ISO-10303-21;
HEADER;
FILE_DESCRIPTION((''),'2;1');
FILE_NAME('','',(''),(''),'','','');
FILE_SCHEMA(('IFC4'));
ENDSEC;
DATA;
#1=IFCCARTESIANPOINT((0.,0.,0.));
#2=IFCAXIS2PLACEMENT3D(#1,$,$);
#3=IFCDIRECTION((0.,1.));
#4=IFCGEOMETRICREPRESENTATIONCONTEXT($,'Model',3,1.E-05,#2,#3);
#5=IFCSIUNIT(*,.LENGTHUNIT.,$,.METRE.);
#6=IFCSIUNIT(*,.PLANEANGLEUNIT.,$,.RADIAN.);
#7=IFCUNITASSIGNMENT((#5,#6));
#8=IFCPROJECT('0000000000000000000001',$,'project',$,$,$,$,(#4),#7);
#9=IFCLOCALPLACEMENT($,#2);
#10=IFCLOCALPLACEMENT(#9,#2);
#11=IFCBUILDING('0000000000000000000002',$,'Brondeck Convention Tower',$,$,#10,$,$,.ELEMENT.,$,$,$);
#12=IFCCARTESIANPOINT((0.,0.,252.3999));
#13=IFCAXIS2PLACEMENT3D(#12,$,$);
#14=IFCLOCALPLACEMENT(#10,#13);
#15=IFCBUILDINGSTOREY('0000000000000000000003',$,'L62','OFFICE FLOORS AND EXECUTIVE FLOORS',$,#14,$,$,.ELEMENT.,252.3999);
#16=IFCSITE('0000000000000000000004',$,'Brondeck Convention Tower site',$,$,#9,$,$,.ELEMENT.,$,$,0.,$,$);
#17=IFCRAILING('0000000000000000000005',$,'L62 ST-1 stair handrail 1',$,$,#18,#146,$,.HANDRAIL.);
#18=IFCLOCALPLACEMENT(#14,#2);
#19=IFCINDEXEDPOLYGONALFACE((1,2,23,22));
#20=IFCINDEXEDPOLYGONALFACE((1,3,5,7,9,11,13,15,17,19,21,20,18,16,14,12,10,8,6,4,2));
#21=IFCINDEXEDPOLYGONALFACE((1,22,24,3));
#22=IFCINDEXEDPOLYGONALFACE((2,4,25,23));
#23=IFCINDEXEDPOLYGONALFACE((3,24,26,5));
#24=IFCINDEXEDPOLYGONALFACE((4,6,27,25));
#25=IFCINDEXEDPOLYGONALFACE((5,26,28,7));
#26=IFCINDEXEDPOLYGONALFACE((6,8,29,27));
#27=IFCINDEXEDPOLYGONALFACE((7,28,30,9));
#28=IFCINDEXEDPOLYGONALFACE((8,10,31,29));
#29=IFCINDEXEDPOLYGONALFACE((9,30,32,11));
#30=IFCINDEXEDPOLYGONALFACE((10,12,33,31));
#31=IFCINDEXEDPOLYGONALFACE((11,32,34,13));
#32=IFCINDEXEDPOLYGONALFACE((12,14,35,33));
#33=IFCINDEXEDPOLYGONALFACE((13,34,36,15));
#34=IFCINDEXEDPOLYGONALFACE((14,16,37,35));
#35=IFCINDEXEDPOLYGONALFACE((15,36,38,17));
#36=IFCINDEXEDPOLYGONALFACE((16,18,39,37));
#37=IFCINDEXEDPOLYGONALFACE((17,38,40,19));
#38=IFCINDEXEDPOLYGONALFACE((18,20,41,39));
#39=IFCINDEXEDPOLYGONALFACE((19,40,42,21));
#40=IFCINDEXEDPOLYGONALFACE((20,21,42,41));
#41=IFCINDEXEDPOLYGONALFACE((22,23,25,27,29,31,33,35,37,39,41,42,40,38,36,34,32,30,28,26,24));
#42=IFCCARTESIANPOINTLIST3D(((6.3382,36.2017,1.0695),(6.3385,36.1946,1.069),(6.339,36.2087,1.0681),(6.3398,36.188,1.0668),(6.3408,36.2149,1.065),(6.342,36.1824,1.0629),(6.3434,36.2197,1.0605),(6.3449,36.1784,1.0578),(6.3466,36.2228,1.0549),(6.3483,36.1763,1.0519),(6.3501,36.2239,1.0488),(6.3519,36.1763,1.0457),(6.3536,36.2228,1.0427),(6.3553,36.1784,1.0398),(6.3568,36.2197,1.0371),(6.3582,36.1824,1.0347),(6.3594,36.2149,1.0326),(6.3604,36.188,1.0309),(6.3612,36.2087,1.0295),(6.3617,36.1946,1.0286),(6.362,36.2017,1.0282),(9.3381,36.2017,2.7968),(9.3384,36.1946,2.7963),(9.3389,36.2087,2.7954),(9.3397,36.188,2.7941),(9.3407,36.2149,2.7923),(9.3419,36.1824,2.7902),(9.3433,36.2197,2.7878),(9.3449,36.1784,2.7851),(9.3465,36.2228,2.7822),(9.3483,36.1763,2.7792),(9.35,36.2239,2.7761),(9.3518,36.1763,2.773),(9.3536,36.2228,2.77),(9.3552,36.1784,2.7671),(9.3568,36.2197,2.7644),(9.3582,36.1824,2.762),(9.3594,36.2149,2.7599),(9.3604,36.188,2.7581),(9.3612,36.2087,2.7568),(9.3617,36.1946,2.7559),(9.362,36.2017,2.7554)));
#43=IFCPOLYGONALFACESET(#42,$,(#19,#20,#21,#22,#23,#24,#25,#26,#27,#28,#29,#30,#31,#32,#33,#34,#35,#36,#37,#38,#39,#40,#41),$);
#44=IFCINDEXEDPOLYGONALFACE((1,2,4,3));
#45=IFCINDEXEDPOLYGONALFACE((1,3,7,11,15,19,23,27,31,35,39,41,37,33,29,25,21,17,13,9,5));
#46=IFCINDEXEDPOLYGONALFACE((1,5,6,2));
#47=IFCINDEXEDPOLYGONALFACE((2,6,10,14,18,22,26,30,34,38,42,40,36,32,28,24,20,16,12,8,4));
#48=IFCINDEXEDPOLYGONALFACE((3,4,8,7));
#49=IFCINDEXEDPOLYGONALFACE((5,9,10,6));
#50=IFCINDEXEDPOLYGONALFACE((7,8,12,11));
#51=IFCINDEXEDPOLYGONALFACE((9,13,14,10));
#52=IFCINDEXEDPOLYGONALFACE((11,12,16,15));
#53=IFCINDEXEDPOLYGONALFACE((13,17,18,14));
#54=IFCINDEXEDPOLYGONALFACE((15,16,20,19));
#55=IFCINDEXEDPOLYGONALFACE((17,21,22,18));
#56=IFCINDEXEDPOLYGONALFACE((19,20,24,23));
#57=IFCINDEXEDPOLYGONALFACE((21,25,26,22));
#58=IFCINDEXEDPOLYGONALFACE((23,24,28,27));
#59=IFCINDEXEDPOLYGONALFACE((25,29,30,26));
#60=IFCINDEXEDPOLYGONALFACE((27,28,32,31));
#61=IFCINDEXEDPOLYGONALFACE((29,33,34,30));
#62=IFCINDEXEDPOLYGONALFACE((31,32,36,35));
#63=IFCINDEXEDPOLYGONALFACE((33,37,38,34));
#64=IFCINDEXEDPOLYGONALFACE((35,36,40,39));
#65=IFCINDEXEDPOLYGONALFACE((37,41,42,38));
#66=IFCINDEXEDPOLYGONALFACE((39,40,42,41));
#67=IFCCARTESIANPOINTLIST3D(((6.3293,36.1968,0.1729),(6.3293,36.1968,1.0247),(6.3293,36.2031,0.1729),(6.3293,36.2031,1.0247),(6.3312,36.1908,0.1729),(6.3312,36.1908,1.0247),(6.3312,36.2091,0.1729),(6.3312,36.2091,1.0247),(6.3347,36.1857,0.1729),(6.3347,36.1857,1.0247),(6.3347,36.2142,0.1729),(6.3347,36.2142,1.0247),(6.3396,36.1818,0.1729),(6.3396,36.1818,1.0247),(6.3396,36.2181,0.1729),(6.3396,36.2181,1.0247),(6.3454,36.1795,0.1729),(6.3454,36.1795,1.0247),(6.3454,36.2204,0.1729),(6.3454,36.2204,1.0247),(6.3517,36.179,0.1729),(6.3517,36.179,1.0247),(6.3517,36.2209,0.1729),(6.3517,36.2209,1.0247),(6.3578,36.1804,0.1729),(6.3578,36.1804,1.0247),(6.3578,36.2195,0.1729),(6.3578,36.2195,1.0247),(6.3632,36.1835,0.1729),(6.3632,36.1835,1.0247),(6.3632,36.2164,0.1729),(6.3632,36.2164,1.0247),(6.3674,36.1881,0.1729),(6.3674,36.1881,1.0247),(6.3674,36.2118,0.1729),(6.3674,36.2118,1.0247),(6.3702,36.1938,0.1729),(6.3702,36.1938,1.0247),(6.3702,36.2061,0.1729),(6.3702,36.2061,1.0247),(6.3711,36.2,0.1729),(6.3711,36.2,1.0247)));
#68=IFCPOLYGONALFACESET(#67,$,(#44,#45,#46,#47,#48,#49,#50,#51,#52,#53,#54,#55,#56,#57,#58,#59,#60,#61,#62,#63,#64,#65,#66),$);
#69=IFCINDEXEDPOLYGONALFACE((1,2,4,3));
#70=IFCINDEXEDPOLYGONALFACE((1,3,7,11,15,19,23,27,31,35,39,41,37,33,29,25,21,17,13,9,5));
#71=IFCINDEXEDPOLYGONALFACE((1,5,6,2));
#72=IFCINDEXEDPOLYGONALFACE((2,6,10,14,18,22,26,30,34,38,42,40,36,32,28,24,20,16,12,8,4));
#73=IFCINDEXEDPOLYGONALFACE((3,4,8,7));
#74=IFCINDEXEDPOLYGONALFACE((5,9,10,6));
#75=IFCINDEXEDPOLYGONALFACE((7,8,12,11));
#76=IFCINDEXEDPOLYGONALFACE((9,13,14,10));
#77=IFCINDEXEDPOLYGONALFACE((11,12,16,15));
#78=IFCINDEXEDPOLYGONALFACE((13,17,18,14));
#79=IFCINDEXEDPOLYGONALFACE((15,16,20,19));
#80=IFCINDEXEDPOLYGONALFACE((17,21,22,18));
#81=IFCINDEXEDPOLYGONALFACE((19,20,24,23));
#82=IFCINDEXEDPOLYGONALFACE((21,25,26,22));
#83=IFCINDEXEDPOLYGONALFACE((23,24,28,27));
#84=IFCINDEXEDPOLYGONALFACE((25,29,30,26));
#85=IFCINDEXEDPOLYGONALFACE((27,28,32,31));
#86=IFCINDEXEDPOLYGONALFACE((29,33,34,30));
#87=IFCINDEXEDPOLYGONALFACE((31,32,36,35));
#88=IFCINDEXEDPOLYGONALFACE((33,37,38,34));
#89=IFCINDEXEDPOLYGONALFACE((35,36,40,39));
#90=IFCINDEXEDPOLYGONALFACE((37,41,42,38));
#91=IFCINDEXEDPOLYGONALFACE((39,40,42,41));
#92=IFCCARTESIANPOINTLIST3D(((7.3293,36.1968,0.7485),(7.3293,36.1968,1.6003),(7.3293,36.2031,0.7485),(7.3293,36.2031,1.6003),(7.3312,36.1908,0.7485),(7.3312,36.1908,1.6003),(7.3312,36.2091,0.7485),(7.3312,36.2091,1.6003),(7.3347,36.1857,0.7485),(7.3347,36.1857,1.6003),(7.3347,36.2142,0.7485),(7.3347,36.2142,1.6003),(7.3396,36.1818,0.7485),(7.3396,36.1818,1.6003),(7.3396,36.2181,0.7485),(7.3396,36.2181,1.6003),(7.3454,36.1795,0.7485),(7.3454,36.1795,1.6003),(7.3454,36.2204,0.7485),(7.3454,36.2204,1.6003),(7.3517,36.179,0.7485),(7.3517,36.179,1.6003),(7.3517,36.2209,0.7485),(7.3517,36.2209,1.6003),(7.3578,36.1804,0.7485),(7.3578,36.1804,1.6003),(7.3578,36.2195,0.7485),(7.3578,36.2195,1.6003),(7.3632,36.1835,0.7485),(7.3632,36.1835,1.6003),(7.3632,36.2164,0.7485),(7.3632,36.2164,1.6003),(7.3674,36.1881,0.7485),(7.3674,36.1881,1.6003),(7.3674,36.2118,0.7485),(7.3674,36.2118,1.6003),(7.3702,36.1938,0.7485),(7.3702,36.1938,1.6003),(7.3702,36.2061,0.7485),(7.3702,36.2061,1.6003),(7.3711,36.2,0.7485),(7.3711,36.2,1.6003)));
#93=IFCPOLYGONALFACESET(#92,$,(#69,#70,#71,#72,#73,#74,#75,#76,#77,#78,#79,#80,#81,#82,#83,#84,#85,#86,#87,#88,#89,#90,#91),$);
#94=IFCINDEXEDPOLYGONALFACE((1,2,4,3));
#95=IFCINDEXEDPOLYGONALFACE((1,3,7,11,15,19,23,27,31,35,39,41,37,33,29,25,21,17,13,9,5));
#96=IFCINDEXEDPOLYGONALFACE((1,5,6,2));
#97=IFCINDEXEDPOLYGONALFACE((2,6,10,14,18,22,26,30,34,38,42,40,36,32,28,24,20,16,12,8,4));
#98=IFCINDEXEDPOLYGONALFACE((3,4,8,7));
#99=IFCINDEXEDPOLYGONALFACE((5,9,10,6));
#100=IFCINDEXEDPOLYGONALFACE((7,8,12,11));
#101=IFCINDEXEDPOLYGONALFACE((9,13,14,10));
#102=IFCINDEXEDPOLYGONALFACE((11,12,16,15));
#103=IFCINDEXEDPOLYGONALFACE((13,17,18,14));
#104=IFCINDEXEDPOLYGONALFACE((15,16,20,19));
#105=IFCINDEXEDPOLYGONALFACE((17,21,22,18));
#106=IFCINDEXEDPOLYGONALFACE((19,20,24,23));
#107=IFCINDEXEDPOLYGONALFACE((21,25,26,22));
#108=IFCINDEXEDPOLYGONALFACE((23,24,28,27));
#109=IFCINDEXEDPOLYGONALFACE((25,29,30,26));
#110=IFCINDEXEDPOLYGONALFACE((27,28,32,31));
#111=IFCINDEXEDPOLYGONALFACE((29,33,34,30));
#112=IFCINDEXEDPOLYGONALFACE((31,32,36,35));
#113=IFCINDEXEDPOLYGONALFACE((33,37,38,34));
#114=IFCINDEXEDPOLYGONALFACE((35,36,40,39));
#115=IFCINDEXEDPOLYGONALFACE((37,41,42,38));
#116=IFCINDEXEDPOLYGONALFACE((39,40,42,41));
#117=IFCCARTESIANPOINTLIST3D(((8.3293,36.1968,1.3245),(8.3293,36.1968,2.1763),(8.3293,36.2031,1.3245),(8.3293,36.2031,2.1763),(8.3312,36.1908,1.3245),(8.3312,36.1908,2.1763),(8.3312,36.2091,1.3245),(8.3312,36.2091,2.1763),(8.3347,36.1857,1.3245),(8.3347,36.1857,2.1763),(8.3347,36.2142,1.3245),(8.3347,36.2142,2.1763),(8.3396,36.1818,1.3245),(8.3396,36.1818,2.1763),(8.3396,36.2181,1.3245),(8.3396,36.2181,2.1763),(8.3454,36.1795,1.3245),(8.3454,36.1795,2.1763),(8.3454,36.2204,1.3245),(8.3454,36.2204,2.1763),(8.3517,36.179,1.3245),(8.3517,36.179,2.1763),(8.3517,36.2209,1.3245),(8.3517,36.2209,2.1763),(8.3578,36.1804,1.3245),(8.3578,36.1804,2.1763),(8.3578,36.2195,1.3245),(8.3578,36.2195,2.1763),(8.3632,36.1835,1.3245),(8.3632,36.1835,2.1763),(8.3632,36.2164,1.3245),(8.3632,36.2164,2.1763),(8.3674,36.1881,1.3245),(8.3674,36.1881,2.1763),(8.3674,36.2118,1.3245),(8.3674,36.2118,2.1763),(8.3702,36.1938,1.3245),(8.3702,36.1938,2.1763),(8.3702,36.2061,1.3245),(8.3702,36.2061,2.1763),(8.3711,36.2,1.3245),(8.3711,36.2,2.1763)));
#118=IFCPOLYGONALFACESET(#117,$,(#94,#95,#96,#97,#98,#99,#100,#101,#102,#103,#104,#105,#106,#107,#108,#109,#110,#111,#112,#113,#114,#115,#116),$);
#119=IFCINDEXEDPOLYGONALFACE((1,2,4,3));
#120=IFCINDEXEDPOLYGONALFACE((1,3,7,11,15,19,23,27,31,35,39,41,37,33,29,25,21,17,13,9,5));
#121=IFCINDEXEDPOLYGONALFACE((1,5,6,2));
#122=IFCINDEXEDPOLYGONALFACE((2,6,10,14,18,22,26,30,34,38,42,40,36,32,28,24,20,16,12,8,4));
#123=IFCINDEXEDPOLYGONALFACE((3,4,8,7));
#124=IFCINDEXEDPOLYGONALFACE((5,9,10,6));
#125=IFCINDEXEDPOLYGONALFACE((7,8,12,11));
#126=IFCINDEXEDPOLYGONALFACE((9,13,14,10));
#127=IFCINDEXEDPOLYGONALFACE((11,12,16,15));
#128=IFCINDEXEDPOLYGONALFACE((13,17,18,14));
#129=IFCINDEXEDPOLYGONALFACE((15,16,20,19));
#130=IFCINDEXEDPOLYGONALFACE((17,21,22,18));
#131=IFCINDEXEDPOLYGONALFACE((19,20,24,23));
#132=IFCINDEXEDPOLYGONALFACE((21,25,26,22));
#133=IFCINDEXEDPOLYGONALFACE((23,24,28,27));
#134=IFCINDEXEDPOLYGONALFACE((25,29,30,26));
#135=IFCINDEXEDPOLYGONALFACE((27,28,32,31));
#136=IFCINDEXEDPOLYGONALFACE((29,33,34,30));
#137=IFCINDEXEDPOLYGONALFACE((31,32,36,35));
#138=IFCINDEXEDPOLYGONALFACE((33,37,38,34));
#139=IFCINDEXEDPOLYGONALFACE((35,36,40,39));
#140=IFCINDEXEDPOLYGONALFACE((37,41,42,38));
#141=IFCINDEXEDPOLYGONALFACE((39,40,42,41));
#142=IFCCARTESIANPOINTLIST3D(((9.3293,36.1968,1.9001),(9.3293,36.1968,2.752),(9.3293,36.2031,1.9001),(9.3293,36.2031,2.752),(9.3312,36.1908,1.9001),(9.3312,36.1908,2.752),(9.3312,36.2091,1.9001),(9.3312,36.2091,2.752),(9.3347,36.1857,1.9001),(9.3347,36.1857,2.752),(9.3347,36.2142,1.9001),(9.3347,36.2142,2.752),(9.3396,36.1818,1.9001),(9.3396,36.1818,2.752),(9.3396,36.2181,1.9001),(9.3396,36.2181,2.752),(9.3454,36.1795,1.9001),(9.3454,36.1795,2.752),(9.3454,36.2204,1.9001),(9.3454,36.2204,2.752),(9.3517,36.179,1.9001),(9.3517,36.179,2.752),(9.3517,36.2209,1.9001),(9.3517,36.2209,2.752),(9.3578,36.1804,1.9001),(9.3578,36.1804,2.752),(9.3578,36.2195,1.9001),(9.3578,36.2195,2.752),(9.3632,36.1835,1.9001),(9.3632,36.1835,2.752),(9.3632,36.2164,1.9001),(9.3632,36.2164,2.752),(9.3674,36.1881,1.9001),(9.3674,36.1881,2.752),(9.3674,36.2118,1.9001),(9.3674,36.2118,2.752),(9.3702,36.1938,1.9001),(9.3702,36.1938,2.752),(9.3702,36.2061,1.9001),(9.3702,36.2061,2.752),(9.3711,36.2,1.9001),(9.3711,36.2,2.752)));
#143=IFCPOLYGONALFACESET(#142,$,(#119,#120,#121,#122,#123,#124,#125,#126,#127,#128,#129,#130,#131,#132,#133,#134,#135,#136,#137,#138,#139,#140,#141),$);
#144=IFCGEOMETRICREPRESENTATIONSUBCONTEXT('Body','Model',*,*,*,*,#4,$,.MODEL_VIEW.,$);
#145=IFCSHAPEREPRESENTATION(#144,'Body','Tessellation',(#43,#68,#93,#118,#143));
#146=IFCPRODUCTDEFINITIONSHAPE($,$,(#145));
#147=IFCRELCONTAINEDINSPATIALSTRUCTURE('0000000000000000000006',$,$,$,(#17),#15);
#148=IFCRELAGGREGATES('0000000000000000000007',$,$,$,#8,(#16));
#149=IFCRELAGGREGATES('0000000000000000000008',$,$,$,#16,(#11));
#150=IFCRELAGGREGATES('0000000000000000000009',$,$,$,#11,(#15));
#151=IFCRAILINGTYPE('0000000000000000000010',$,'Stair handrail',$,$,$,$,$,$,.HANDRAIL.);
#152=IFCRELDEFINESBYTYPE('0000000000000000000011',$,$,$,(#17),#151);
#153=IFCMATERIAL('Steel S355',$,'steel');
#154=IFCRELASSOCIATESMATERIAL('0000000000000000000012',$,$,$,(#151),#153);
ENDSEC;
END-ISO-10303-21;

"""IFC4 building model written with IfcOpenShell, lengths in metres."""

from ifc_helpers import new_model, si_unit, direction, frame, origin, origin_2d, place, context, subcontext, project, spatial, circle, extrude, material, type_object, element, save


model = new_model("IFC4")

# Units and contexts
model_context = context("Model", 3, precision=1e-05, world=origin(), true_north=direction((0.0, 1.0)))
body_context = subcontext(model_context, "Body", "Model", "MODEL_VIEW")
ifc_project = project(units=[si_unit("LENGTHUNIT", "METRE"), si_unit("PLANEANGLEUNIT", "RADIAN")], contexts=[model_context])

# Site, building, storey
site_placement = place(None, origin())
site = spatial("IfcSite", under=ifc_project, at=site_placement, Name="Brondeck Convention Tower site", CompositionType="ELEMENT", RefElevation=0.0)
building_placement = place(site_placement, origin())
building = spatial("IfcBuilding", under=site, at=building_placement, Name="Brondeck Convention Tower", CompositionType="ELEMENT")
storey_placement = place(building_placement, frame((0.0, 0.0, 252.3999)))
storey = spatial("IfcBuildingStorey", under=building, at=storey_placement, Name="L62", Description="OFFICE FLOORS AND EXECUTIVE FLOORS", CompositionType="ELEMENT", Elevation=252.3999)

# Shared definitions
ifc_material_1 = material(Name="Steel S355", Category="steel")

# Railing
railing_type_1 = type_object("IfcRailingType", Name="Stair handrail", PredefinedType="HANDRAIL", material=ifc_material_1)
railing_1_placement = place(storey_placement, frame((6.3501, 36.2, 0.1729)))
element("IfcRailing", 1, at=railing_1_placement, inside=storey, type_object=railing_type_1, Name="L62 ST-1 stair handrail 1", PredefinedType="HANDRAIL", context=body_context, shape_type="SweptSolid", body=[
    extrude(circle(Radius=0.0239, at=origin_2d()), frame((0.0, 0.0, 0.876), z_axis=(0.86662, 0.0, 0.498969), x_axis=(0.0, 1.0, 0.0)), (0.0, 0.0, 1.0), 3.4617),
    extrude(circle(Radius=0.021, at=origin_2d()), origin(), (0.0, 0.0, 1.0), 0.8518),
    extrude(circle(Radius=0.021, at=origin_2d()), frame((1.0, 0.0, 0.5757)), (0.0, 0.0, 1.0), 0.8518),
    extrude(circle(Radius=0.021, at=origin_2d()), frame((2.0, 0.0, 1.1516)), (0.0, 0.0, 1.0), 0.8518),
    extrude(circle(Radius=0.021, at=origin_2d()), frame((3.0, 0.0, 1.7273)), (0.0, 0.0, 1.0), 0.8518),
])

save(model, "model.ifc")
